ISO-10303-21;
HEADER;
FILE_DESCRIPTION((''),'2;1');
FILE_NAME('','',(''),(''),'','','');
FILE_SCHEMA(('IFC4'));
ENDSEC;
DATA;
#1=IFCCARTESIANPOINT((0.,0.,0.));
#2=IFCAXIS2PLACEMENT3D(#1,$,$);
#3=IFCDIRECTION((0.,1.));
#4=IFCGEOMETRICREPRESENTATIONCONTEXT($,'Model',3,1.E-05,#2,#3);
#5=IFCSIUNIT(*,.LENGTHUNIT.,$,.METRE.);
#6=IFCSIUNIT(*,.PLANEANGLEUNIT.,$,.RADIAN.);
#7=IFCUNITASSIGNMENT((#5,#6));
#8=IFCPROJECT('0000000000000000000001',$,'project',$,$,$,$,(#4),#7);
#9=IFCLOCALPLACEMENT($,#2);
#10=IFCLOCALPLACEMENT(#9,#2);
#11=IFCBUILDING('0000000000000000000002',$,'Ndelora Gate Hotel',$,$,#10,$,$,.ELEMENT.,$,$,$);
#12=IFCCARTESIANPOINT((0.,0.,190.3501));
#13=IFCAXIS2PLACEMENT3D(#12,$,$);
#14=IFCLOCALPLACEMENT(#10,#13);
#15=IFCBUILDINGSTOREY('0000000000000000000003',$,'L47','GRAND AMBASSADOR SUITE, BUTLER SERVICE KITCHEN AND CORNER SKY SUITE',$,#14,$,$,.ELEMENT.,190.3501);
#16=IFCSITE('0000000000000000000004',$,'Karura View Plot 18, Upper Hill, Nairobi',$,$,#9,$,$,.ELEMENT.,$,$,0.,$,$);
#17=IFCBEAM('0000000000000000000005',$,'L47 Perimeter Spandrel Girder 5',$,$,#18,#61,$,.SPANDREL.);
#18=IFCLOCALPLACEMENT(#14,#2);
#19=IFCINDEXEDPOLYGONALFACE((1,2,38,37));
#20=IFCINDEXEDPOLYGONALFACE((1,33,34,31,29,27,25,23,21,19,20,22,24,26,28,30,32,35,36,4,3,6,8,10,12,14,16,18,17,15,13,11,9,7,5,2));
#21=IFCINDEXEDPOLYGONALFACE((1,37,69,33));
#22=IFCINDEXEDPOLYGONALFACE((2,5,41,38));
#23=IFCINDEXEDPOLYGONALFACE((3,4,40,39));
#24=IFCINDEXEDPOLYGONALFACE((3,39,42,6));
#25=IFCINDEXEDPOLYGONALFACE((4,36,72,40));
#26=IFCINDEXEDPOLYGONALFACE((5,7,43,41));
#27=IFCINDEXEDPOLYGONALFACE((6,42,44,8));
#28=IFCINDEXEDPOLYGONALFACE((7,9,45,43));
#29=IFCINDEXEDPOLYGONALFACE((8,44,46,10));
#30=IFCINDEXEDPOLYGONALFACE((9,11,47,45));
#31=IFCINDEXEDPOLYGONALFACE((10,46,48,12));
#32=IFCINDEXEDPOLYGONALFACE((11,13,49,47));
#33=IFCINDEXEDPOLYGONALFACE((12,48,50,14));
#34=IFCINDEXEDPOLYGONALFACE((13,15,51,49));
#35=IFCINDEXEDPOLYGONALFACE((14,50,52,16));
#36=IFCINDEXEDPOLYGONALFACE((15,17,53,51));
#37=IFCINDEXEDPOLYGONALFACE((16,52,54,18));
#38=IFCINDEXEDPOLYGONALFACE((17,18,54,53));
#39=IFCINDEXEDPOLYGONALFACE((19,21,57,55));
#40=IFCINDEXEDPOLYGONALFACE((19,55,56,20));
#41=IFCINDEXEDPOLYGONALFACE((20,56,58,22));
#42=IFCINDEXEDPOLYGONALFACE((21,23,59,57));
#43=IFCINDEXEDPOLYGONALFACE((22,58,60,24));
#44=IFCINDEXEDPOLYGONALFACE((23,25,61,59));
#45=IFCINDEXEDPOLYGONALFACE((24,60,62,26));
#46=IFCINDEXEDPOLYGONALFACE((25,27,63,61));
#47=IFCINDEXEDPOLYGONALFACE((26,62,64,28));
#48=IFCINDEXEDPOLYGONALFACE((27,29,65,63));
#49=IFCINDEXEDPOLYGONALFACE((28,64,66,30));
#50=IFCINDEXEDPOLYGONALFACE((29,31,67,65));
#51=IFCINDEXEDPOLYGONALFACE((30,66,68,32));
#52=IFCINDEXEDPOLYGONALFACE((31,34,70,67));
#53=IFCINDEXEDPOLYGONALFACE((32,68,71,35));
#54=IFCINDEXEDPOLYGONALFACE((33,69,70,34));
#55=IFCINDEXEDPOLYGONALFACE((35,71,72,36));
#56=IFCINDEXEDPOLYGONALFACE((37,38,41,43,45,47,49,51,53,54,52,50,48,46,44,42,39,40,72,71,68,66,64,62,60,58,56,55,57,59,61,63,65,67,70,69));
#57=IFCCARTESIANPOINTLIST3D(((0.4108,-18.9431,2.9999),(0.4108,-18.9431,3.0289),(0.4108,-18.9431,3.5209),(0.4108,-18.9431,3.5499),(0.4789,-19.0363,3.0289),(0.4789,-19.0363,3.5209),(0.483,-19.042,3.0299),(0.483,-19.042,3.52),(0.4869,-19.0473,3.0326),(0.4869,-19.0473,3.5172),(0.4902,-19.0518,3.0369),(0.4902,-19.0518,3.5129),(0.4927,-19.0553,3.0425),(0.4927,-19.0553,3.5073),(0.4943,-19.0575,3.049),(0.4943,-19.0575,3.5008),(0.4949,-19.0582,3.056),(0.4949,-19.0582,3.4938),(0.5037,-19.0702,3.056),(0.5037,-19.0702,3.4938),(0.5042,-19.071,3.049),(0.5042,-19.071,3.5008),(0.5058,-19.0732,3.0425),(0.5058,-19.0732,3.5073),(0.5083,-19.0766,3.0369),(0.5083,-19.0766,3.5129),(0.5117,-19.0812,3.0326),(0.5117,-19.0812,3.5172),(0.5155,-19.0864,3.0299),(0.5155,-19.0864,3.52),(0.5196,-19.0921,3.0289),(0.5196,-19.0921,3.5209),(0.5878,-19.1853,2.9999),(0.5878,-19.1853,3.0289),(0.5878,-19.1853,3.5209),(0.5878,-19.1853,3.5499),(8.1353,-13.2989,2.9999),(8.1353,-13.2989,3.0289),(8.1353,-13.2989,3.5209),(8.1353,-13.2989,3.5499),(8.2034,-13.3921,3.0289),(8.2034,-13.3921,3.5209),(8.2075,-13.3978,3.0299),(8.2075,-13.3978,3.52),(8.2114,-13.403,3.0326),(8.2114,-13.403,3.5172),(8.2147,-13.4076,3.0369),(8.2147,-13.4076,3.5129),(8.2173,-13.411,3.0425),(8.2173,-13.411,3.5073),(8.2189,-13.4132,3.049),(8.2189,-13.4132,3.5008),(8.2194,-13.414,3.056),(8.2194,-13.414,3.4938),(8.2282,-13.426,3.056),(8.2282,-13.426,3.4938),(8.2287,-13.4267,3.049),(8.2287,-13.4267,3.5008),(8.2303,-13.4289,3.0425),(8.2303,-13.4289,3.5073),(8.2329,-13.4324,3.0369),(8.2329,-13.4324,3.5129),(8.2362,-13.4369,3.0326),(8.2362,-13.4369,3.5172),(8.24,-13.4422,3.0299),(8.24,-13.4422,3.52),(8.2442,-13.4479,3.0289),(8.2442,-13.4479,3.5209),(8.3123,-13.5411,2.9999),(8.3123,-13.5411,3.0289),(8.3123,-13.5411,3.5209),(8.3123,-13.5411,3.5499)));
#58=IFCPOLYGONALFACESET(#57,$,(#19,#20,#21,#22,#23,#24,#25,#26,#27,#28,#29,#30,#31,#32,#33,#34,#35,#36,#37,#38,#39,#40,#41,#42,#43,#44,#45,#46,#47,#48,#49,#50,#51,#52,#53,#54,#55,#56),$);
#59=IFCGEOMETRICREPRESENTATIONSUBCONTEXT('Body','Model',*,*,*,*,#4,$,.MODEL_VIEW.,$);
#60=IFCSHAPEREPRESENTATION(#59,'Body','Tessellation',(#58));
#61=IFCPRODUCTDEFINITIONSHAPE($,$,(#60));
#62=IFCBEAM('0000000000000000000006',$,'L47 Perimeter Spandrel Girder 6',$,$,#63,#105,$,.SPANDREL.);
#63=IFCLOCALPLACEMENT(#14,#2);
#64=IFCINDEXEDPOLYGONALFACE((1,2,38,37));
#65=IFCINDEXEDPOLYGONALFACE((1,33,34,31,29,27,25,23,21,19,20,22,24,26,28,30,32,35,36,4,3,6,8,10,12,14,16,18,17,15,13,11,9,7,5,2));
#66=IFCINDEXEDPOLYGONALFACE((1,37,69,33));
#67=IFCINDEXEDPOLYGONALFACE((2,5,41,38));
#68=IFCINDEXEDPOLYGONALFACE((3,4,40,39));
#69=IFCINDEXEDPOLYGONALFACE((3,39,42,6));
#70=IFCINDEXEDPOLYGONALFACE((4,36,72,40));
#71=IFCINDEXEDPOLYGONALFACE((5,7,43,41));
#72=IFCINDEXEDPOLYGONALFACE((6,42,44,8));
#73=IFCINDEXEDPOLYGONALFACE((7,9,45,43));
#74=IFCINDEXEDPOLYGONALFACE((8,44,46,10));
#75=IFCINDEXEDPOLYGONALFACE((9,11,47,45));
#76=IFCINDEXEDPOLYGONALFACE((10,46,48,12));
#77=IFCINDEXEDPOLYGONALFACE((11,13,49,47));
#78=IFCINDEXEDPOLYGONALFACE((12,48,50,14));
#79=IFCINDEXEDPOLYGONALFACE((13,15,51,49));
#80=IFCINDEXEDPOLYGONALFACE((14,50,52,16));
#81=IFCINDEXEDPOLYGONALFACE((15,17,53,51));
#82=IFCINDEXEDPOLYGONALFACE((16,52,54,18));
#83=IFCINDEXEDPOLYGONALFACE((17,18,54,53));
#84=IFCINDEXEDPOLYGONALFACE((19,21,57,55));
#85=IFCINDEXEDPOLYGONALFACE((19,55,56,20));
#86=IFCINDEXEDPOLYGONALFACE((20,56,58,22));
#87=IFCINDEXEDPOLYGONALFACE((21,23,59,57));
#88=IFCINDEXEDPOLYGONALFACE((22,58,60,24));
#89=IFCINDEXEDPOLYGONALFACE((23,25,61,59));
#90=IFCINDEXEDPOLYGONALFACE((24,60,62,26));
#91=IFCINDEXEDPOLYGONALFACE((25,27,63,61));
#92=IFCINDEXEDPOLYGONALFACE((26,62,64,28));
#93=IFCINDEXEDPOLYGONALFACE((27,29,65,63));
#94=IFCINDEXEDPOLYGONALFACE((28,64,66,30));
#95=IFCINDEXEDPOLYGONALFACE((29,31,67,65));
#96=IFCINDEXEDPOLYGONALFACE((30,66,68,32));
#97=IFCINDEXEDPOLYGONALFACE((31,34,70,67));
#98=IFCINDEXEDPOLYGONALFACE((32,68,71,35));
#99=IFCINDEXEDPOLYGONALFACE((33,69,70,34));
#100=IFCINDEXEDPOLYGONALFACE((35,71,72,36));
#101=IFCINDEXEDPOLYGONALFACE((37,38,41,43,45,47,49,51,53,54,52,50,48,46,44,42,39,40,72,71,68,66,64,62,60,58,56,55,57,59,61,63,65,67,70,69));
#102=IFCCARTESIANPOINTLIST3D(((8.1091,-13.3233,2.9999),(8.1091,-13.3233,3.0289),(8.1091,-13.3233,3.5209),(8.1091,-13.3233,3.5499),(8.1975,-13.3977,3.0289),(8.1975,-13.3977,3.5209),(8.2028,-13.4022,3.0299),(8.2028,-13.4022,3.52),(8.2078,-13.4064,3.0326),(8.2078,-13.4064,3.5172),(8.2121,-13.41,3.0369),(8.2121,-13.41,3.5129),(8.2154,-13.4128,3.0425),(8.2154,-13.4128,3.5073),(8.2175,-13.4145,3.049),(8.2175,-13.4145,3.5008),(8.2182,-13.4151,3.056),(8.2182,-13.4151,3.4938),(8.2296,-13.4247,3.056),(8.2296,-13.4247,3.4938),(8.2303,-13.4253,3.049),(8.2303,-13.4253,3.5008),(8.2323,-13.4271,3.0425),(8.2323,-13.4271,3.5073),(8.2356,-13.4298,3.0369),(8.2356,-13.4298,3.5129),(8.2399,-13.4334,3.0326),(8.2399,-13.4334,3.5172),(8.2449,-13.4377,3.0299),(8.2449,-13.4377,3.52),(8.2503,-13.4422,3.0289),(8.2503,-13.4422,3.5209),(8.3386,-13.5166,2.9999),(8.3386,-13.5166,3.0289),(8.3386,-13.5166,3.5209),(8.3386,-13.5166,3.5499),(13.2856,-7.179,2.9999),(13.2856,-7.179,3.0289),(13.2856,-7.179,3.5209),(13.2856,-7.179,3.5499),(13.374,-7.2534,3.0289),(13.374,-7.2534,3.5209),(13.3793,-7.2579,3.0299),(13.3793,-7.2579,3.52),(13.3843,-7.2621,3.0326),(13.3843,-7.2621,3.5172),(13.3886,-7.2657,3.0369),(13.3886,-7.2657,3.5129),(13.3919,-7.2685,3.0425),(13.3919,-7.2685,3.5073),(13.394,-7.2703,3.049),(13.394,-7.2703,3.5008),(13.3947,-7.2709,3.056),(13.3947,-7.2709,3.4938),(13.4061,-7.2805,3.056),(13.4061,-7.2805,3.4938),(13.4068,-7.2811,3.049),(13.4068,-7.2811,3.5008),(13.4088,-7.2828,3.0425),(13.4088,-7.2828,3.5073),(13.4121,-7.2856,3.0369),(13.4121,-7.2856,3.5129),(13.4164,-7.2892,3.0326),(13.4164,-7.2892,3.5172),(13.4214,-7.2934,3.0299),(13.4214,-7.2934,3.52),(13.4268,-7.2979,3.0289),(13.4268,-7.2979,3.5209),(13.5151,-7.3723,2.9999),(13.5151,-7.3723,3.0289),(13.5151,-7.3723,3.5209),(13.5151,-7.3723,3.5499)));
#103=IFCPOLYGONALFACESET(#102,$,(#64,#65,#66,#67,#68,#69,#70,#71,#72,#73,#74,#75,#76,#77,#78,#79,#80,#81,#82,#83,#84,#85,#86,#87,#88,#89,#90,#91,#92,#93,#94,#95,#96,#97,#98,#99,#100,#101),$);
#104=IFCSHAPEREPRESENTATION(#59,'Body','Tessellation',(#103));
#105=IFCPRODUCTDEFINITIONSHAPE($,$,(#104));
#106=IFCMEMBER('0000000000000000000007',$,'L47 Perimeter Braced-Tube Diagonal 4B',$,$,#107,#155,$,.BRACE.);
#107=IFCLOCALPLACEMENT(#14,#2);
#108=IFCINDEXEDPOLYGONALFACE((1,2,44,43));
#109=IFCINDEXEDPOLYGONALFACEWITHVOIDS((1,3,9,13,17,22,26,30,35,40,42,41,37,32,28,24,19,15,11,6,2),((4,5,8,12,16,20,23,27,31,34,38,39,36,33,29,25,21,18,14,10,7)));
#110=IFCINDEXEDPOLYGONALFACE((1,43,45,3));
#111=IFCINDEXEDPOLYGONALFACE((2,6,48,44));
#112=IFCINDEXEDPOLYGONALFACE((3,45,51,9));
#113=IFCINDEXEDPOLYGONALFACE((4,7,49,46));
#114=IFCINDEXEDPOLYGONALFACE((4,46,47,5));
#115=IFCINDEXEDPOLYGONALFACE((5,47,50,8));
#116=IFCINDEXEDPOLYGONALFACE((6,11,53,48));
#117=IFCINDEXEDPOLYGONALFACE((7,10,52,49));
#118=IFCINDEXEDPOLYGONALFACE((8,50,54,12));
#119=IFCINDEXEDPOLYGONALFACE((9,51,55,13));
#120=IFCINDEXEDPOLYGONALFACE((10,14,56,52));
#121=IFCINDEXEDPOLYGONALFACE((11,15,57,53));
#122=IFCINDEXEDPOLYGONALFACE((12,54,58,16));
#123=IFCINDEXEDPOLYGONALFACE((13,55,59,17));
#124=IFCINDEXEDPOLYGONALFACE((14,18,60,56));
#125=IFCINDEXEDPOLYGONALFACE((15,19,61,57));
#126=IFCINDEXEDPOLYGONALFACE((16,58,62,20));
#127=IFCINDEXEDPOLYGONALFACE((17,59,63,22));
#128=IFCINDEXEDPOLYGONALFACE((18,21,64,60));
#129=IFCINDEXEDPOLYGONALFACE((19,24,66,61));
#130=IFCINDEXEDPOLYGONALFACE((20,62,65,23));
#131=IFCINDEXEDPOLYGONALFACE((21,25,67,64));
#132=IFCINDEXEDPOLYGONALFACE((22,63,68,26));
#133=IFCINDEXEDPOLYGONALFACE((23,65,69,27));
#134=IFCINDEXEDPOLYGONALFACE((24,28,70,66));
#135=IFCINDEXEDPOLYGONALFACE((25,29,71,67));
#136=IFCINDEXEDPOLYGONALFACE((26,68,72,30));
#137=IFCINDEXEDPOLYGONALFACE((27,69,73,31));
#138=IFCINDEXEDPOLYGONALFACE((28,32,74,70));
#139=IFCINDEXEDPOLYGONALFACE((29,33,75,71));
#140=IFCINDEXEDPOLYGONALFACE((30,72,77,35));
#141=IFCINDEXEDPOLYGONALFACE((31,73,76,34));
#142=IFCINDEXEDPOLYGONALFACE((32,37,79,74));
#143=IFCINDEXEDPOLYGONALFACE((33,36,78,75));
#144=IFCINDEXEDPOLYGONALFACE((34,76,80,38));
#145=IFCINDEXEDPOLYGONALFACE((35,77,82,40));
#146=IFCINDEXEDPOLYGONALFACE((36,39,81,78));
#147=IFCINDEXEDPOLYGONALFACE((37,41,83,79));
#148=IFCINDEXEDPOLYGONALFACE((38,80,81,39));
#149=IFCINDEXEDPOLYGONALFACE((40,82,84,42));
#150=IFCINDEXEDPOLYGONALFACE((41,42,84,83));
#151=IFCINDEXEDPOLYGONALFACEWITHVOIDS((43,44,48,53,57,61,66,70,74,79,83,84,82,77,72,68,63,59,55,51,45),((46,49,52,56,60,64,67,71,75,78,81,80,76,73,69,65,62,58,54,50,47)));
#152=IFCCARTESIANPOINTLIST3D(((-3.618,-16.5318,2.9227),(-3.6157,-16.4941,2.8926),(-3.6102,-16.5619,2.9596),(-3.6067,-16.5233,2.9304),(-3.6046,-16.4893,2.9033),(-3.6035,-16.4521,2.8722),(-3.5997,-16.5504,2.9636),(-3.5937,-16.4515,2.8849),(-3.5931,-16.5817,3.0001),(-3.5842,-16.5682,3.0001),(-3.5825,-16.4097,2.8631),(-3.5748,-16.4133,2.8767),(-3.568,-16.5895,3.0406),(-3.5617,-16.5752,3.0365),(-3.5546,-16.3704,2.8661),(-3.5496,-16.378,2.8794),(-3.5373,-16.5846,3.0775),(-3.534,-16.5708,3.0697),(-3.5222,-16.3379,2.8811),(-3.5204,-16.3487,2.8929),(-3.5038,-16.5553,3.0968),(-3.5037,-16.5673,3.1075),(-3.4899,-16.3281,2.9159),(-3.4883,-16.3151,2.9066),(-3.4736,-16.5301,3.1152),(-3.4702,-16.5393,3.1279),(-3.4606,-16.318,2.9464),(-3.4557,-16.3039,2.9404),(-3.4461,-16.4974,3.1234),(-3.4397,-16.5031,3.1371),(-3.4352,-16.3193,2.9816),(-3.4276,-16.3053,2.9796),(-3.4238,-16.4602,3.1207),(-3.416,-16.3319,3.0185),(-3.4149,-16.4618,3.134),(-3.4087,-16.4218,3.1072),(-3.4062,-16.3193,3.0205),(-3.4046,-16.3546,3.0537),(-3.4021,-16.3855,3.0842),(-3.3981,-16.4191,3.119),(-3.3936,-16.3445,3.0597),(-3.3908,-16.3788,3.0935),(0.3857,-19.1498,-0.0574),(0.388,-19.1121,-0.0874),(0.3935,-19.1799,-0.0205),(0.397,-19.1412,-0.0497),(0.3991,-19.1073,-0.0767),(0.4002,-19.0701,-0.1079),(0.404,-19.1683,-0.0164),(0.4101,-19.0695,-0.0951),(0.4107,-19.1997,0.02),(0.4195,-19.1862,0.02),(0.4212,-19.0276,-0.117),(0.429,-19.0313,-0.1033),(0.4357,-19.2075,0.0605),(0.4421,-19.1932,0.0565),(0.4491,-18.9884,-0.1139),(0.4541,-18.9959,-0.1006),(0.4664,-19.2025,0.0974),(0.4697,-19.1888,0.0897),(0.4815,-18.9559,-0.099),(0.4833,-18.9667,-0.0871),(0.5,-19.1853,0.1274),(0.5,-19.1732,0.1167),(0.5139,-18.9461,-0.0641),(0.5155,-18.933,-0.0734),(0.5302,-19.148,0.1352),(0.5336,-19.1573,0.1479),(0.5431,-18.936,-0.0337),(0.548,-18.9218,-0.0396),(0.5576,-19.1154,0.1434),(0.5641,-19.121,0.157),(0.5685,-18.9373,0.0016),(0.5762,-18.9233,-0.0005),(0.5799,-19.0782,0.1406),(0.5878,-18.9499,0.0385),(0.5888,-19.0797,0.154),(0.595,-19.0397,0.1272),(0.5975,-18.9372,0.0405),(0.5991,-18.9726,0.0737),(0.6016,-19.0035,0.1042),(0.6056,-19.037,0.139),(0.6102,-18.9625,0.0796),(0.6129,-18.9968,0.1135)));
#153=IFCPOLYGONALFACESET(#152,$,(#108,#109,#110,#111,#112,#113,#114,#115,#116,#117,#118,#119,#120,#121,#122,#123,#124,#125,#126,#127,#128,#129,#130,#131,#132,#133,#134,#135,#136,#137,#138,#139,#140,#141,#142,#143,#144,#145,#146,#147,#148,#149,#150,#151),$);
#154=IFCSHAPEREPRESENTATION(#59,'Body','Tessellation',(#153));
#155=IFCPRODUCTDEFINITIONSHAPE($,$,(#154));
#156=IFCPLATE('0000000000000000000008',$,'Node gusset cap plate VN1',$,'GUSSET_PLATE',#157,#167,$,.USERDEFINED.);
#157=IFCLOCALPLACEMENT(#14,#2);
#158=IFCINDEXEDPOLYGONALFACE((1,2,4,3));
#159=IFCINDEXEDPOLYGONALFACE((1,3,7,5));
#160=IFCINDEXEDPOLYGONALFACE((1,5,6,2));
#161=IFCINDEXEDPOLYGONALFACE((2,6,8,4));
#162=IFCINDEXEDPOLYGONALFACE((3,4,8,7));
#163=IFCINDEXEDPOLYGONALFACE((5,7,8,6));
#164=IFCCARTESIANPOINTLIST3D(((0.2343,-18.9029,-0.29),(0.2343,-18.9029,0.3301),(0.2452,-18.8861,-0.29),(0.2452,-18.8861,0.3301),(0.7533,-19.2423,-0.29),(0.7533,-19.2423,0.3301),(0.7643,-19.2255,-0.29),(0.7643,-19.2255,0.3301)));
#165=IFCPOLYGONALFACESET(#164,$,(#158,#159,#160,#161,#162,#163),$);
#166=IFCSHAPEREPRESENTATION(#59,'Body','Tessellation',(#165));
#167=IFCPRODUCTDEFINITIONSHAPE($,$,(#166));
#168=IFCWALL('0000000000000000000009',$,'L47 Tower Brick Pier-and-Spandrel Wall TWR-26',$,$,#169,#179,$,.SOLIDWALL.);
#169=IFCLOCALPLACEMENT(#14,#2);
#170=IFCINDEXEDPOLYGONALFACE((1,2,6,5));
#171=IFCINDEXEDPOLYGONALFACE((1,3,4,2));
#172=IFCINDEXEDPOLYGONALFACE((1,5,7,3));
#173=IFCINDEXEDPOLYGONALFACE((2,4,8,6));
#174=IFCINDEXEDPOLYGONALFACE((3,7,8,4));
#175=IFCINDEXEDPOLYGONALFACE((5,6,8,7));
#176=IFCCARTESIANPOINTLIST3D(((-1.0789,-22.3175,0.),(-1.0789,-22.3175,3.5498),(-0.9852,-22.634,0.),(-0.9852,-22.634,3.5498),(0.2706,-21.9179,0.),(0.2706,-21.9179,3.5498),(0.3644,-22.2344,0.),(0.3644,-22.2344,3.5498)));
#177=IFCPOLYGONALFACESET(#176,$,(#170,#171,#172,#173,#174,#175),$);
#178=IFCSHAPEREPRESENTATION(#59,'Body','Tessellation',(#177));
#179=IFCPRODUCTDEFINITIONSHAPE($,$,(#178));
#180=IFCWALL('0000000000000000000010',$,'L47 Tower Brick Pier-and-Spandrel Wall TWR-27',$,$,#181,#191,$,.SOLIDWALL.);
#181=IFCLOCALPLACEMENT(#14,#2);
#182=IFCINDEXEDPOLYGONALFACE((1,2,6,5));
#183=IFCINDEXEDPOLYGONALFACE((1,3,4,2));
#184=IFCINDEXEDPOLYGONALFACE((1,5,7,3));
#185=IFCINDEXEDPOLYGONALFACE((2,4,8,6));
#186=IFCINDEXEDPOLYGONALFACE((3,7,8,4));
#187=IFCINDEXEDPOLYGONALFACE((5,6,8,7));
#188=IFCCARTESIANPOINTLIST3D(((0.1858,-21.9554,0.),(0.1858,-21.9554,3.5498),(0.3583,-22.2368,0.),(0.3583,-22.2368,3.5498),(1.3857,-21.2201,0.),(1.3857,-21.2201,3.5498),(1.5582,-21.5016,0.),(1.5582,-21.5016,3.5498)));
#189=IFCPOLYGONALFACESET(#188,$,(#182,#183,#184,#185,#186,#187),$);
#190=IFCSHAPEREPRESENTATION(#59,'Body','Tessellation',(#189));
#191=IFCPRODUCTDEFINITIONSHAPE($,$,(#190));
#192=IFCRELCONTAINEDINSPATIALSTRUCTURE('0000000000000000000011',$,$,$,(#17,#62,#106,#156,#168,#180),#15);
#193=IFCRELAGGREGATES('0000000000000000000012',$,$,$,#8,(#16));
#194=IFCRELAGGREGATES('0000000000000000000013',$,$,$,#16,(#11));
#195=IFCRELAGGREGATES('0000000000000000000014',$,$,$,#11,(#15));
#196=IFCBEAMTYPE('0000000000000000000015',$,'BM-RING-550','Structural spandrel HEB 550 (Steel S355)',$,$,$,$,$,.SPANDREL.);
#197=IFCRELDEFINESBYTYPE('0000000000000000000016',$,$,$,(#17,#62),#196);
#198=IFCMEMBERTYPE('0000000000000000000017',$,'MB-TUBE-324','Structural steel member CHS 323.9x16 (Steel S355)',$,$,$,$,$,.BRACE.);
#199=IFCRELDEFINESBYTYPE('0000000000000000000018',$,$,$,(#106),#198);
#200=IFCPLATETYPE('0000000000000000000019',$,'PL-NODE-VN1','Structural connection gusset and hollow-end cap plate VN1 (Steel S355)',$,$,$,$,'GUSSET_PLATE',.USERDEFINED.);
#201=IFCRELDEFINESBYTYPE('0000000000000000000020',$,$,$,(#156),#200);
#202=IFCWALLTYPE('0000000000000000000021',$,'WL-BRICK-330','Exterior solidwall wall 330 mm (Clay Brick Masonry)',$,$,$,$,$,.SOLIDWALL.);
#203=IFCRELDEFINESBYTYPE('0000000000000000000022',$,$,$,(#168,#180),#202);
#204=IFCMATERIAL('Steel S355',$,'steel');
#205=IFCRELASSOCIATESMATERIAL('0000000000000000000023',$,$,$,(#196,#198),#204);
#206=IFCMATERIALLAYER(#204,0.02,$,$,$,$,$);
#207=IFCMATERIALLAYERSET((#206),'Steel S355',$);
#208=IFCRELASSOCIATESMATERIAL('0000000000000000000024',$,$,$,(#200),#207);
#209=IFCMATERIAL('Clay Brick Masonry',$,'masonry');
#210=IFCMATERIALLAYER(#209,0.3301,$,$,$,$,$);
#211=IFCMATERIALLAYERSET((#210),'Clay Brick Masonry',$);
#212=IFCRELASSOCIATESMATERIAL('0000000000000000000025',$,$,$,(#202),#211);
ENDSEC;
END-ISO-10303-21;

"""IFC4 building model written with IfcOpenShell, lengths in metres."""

from ifc_helpers import new_model, si_unit, direction, frame, frame_2d, origin, origin_2d, place, context, subcontext, project, spatial, rectangle, hollow_circle, i_section, extrude, material, layer, layer_set, material_profile, profile_set, type_object, element, save


model = new_model("IFC4")

# Units and contexts
model_context = context("Model", 3, precision=1e-05, world=origin(), true_north=direction((0.0, 1.0)))
body_context = subcontext(model_context, "Body", "Model", "MODEL_VIEW")
ifc_project = project(units=[si_unit("LENGTHUNIT", "METRE"), si_unit("PLANEANGLEUNIT", "RADIAN")], contexts=[model_context])

# Site, building, storey
site_placement = place(None, origin())
site = spatial("IfcSite", under=ifc_project, at=site_placement, Name="Karura View Plot 18, Upper Hill, Nairobi", CompositionType="ELEMENT", RefElevation=0.0)
building_placement = place(site_placement, origin())
building = spatial("IfcBuilding", under=site, at=building_placement, Name="Ndelora Gate Hotel", CompositionType="ELEMENT")
storey_placement = place(building_placement, frame((0.0, 0.0, 190.3501)))
storey = spatial("IfcBuildingStorey", under=building, at=storey_placement, Name="L47", Description="GRAND AMBASSADOR SUITE, BUTLER SERVICE KITCHEN AND CORNER SKY SUITE", CompositionType="ELEMENT", Elevation=190.3501)

# Beams
ifc_material_1 = material(Name="Steel S355", Category="steel")
ifc_material_profile_1 = material_profile(ifc_material_1, i_section(OverallWidth=0.3, OverallDepth=0.55, WebThickness=0.0149, FlangeThickness=0.0291, FilletRadius=0.0271, at=origin_2d()), Name="HEB 550")
ifc_profile_set_1 = profile_set([ifc_material_profile_1], Name="Steel S355")
beam_type_1 = type_object("IfcBeamType", Name="BM-RING-550", Description="Structural spandrel HEB 550 (Steel S355)", PredefinedType="SPANDREL", material=ifc_profile_set_1)
beam_1_placement = place(storey_placement, frame((0.4993, -19.0642, 3.2749), z_axis=(0.807422, 0.589974, 0.0), x_axis=(-0.589974, 0.807422, 0.0)))
element("IfcBeam", 1, at=beam_1_placement, inside=storey, type_object=beam_type_1, Name="L47 Perimeter Spandrel Girder 5", PredefinedType="SPANDREL", context=body_context, shape_type="SweptSolid", body=[
    extrude(i_section(OverallWidth=0.3, OverallDepth=0.55, WebThickness=0.0149, FlangeThickness=0.0291, FilletRadius=0.0271, at=origin_2d()), origin(), (0.0, 0.0, 1.0), 9.5669),
])
beam_2_placement = place(storey_placement, frame((8.2239, -13.4199, 3.2749), z_axis=(0.644309, 0.764765, 0.0), x_axis=(-0.764765, 0.644309, 0.0)))
element("IfcBeam", 2, at=beam_2_placement, inside=storey, type_object=beam_type_1, Name="L47 Perimeter Spandrel Girder 6", PredefinedType="SPANDREL", context=body_context, shape_type="SweptSolid", body=[
    extrude(i_section(OverallWidth=0.3, OverallDepth=0.55, WebThickness=0.0149, FlangeThickness=0.0291, FilletRadius=0.0271, at=origin_2d()), origin(), (0.0, 0.0, 1.0), 8.0342),
])

# Member
ifc_material_profile_2 = material_profile(ifc_material_1, hollow_circle(Radius=0.1619, WallThickness=0.0161, at=origin_2d()), Name="CHS 323.9x16")
ifc_profile_set_2 = profile_set([ifc_material_profile_2], Name="Steel S355")
member_type = type_object("IfcMemberType", Name="MB-TUBE-324", Description="Structural steel member CHS 323.9x16 (Steel S355)", PredefinedType="BRACE", material=ifc_profile_set_2)
member_placement = place(storey_placement, frame((0.4993, -19.0642, 0.02), z_axis=(-0.710389, 0.46451, 0.528752), x_axis=(-0.54727, -0.836956, 0.0)))
element("IfcMember", 3, at=member_placement, inside=storey, type_object=member_type, Name="L47 Perimeter Braced-Tube Diagonal 4B", PredefinedType="BRACE", context=body_context, shape_type="SweptSolid", body=[
    extrude(hollow_circle(Radius=0.1619, WallThickness=0.0161, at=origin_2d()), origin(), (0.0, 0.0, 1.0), 5.636),
])

# Plate
ifc_layer_1 = layer(ifc_material_1, 0.02)
ifc_layer_set_1 = layer_set([ifc_layer_1], Name="Steel S355")
plate_type = type_object("IfcPlateType", Name="PL-NODE-VN1", Description="Structural connection gusset and hollow-end cap plate VN1 (Steel S355)", ElementType="GUSSET_PLATE", PredefinedType="USERDEFINED", material=ifc_layer_set_1)
plate_placement = place(storey_placement, frame((0.4993, -19.0642, -0.29), z_axis=(0.0, 0.0, 1.0), x_axis=(-0.836955, 0.547271, 0.0)))
element("IfcPlate", 4, at=plate_placement, inside=storey, type_object=plate_type, Name="Node gusset cap plate VN1", ObjectType="GUSSET_PLATE", PredefinedType="USERDEFINED", context=body_context, shape_type="SweptSolid", body=[
    extrude(rectangle(XDim=0.6201, YDim=0.02, at=origin_2d()), origin(), (0.0, 0.0, 1.0), 0.6201),
])

# Walls
ifc_material_2 = material(Name="Clay Brick Masonry", Category="masonry")
ifc_layer_2 = layer(ifc_material_2, 0.3301)
ifc_layer_set_2 = layer_set([ifc_layer_2], Name="Clay Brick Masonry")
wall_type_1 = type_object("IfcWallType", Name="WL-BRICK-330", Description="Exterior solidwall wall 330 mm (Clay Brick Masonry)", PredefinedType="SOLIDWALL", material=ifc_layer_set_2)
wall_1_placement = place(storey_placement, frame((0.3174, -22.0762, 0.0), z_axis=(0.0, 0.0, 1.0), x_axis=(-0.958842, -0.283941, 0.0)))
element("IfcWall", 5, at=wall_1_placement, inside=storey, type_object=wall_type_1, Name="L47 Tower Brick Pier-and-Spandrel Wall TWR-26", PredefinedType="SOLIDWALL", context=body_context, shape_type="SweptSolid", body=[
    extrude(rectangle(XDim=1.4075, YDim=0.3301, at=frame_2d((0.7036, 0.0))), origin(), (0.0, 0.0, 1.0), 3.5498),
])
wall_2_placement = place(storey_placement, frame((1.4719, -21.3608, 0.0), z_axis=(0.0, 0.0, 1.0), x_axis=(-0.852634, -0.522509, 0.0)))
element("IfcWall", 6, at=wall_2_placement, inside=storey, type_object=wall_type_1, Name="L47 Tower Brick Pier-and-Spandrel Wall TWR-27", PredefinedType="SOLIDWALL", context=body_context, shape_type="SweptSolid", body=[
    extrude(rectangle(XDim=1.4072, YDim=0.3301, at=frame_2d((0.7036, 0.0))), origin(), (0.0, 0.0, 1.0), 3.5498),
])

save(model, "model.ifc")
